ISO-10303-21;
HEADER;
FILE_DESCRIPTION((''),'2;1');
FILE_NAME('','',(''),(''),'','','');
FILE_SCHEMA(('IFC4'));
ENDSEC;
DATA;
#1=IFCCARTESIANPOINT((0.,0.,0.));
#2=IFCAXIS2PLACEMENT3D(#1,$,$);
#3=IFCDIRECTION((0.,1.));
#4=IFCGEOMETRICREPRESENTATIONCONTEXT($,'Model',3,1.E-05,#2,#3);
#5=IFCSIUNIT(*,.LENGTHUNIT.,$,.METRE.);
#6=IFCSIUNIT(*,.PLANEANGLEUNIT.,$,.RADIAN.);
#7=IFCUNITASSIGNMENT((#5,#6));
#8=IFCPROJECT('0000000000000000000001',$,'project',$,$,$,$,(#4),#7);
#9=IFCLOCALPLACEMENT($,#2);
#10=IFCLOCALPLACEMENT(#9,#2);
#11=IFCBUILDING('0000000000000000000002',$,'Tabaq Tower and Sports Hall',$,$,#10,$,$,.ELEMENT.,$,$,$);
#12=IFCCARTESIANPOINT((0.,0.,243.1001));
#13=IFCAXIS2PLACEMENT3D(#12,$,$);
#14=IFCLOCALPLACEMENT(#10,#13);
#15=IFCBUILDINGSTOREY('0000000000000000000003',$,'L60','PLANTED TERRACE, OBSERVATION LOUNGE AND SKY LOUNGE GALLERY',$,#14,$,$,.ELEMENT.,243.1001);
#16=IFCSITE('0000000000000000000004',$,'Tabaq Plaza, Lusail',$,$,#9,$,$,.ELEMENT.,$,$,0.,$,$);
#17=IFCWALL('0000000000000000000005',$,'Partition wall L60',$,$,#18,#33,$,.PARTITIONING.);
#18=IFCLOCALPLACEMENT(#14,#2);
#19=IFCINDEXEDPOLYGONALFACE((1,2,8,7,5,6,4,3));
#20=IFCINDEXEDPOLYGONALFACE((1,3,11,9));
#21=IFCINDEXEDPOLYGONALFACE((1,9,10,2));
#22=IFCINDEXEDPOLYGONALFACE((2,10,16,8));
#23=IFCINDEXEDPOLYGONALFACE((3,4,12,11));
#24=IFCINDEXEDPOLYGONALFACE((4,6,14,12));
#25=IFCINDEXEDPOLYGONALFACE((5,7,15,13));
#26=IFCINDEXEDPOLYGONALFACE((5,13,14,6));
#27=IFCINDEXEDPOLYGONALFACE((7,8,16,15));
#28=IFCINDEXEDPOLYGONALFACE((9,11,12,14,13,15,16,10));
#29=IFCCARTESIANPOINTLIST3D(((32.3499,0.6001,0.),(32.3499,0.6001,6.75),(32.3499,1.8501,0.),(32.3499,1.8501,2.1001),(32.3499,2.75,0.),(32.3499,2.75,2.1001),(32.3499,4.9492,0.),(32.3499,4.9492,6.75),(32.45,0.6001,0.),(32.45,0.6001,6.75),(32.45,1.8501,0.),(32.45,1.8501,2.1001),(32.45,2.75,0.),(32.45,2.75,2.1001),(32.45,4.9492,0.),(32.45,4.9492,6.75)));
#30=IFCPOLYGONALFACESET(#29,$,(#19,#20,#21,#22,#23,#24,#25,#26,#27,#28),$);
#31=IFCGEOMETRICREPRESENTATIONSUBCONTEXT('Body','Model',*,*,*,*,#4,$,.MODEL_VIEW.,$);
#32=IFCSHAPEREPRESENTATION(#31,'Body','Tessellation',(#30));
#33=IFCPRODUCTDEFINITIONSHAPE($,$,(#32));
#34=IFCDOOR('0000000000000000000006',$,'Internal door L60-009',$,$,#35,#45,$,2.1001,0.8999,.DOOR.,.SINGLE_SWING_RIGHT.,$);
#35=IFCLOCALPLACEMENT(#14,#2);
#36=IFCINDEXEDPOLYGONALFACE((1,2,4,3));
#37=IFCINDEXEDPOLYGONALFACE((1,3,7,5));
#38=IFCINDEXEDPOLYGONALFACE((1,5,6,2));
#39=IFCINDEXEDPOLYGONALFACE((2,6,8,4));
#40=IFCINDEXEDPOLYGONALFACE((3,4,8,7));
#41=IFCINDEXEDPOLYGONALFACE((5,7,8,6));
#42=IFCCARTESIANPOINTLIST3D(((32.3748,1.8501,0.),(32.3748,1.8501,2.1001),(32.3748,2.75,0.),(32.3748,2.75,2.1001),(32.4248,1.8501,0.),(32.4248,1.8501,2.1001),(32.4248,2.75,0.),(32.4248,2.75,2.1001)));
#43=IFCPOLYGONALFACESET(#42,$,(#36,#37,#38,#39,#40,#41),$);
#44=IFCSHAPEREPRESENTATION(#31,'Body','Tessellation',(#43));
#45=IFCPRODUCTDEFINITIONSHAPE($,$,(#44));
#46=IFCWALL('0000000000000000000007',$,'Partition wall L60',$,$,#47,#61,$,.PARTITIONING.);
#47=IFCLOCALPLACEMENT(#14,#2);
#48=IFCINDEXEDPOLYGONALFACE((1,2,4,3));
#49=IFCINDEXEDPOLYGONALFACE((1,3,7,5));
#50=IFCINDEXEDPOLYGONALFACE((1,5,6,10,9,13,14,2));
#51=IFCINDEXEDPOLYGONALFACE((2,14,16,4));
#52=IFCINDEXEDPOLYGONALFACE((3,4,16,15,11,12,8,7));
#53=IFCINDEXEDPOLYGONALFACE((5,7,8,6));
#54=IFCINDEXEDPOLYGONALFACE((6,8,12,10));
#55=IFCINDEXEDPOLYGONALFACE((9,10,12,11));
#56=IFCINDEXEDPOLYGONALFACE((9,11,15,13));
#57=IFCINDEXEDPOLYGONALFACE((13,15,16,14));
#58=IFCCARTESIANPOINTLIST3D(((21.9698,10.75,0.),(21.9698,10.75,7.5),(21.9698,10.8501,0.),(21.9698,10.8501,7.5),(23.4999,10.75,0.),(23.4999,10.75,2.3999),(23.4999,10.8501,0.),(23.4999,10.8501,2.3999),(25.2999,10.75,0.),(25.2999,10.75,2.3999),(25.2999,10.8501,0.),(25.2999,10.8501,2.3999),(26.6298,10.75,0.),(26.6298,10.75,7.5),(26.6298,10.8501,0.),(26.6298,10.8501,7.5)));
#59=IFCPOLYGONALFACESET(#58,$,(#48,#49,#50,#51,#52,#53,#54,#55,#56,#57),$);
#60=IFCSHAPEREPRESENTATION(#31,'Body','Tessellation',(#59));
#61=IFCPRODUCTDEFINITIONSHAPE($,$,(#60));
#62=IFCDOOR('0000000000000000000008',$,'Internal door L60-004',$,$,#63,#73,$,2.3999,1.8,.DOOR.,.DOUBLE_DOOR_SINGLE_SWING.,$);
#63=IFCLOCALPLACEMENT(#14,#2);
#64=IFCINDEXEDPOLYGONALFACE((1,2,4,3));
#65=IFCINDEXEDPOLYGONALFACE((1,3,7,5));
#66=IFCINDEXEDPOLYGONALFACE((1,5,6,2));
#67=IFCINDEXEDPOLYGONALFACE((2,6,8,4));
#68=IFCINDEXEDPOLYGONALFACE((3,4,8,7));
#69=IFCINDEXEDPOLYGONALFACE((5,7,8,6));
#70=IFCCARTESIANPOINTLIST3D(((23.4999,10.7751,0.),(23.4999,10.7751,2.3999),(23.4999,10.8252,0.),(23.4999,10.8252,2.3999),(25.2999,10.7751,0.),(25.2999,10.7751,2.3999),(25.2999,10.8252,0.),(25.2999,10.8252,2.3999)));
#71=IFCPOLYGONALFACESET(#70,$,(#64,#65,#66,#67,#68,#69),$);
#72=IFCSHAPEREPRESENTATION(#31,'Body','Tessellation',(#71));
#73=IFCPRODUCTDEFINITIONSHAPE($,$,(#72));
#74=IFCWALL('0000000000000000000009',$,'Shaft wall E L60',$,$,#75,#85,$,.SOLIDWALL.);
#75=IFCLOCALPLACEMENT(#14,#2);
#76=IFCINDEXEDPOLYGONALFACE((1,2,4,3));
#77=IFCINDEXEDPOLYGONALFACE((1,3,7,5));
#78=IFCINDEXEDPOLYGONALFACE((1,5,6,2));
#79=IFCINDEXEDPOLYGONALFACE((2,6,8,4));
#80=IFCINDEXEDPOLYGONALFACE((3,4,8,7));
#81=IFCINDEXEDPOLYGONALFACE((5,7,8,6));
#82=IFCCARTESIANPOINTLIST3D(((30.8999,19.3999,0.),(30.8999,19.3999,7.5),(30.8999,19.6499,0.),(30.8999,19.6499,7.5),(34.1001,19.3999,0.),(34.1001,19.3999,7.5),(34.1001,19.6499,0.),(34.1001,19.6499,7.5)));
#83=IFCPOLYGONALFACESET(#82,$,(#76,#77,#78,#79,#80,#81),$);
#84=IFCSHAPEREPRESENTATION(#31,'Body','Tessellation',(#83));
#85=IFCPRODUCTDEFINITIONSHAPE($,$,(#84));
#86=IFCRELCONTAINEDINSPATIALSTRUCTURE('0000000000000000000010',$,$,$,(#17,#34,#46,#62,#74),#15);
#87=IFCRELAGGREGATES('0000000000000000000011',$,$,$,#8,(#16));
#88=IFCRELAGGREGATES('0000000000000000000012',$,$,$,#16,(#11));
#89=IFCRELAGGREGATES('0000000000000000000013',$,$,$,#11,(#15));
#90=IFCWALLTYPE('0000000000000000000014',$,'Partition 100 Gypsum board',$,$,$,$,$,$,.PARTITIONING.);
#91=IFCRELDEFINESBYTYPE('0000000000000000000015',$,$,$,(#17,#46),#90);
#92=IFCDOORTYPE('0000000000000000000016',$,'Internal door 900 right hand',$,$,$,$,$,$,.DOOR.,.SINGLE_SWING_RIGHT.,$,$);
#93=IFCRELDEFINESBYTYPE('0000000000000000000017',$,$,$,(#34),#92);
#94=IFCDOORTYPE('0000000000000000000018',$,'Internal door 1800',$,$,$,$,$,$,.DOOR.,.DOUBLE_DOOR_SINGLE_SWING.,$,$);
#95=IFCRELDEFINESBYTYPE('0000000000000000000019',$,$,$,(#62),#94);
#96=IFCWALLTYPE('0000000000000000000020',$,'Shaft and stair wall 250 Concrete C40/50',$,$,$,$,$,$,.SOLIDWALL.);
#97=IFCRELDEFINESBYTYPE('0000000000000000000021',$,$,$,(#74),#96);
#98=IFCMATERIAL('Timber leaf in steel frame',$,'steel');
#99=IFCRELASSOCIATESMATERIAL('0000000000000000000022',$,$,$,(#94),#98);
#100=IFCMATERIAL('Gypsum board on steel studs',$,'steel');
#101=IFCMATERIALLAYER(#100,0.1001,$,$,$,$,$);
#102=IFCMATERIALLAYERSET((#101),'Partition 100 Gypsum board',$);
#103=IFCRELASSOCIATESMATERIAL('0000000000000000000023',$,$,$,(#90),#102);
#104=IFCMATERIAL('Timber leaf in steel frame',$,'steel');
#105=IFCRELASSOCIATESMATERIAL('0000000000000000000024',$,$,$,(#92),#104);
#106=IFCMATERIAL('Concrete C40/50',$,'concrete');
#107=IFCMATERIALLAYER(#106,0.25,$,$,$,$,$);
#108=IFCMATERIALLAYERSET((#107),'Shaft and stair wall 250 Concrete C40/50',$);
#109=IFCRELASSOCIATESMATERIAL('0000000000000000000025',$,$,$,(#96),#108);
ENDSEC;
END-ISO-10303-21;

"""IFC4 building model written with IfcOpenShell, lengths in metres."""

from ifc_helpers import new_model, si_unit, direction, frame, frame_2d, origin, place, context, subcontext, project, spatial, rectangle, extrude, material, layer, layer_set, type_object, element, fill, save


model = new_model("IFC4")

# Units and contexts
model_context = context("Model", 3, precision=1e-05, world=origin(), true_north=direction((0.0, 1.0)))
body_context = subcontext(model_context, "Body", "Model", "MODEL_VIEW")
ifc_project = project(units=[si_unit("LENGTHUNIT", "METRE"), si_unit("PLANEANGLEUNIT", "RADIAN")], contexts=[model_context])

# Site, building, storey
site_placement = place(None, origin())
site = spatial("IfcSite", under=ifc_project, at=site_placement, Name="Tabaq Plaza, Lusail", CompositionType="ELEMENT", RefElevation=0.0)
building_placement = place(site_placement, origin())
building = spatial("IfcBuilding", under=site, at=building_placement, Name="Tabaq Tower and Sports Hall", CompositionType="ELEMENT")
storey_placement = place(building_placement, frame((0.0, 0.0, 243.1001)))
storey = spatial("IfcBuildingStorey", under=building, at=storey_placement, Name="L60", Description="PLANTED TERRACE, OBSERVATION LOUNGE AND SKY LOUNGE GALLERY", CompositionType="ELEMENT", Elevation=243.1001)

# Shared definitions
ifc_material_1 = material(Name="Timber leaf in steel frame", Category="steel")
door_type_1 = type_object("IfcDoorType", Name="Internal door 1800", OperationType="DOUBLE_DOOR_SINGLE_SWING", PredefinedType="DOOR", material=ifc_material_1)

# Shared definitions
ifc_material_2 = material(Name="Gypsum board on steel studs", Category="steel")
ifc_layer_1 = layer(ifc_material_2, 0.1001)
ifc_layer_set_1 = layer_set([ifc_layer_1], Name="Partition 100 Gypsum board")
wall_type_1 = type_object("IfcWallType", Name="Partition 100 Gypsum board", PredefinedType="PARTITIONING", material=ifc_layer_set_1)

# Walls, openings, doors
wall_1_placement = place(storey_placement, frame((32.3999, 4.9492, 0.0), z_axis=(0.0, 0.0, 1.0), x_axis=(0.0, -1.0, 0.0)))
wall_1 = element("IfcWall", 1, at=wall_1_placement, inside=storey, type_object=wall_type_1, Name="Partition wall L60", PredefinedType="PARTITIONING", context=body_context, shape_type="SweptSolid", body=[
    extrude(rectangle(XDim=4.3491, YDim=0.1001, at=frame_2d((2.1746, 0.0))), origin(), (0.0, 0.0, 1.0), 6.75),
])
opening_1_placement = place(wall_1_placement, frame((2.1992, 0.0, 0.0)))
opening_1 = element("IfcOpeningElement", 2, at=opening_1_placement, cuts=wall_1, PredefinedType="OPENING", context=body_context, shape_type="SweptSolid", body=[
    extrude(rectangle(XDim=0.8999, YDim=2.1001, at=frame_2d((0.45, 1.05))), frame((0.0, 0.05, 0.0), z_axis=(0.0, -1.0, 0.0), x_axis=(1.0, 0.0, 0.0)), (0.0, 0.0, 1.0), 0.1001),
])
ifc_material_3 = material(Name="Timber leaf in steel frame", Category="steel")
door_type_2 = type_object("IfcDoorType", Name="Internal door 900 right hand", OperationType="SINGLE_SWING_RIGHT", PredefinedType="DOOR", material=ifc_material_3)
door_1_placement = place(opening_1_placement, origin())
door_1 = element("IfcDoor", 3, at=door_1_placement, inside=storey, type_object=door_type_2, Name="Internal door L60-009", OperationType="SINGLE_SWING_RIGHT", OverallHeight=2.1001, OverallWidth=0.8999, PredefinedType="DOOR", context=body_context, shape_type="SweptSolid", body=[
    extrude(rectangle(XDim=0.8999, YDim=2.1001, at=frame_2d((0.45, 1.05))), frame((0.0, 0.0249, 0.0), z_axis=(0.0, -1.0, 0.0), x_axis=(1.0, 0.0, 0.0)), (0.0, 0.0, 1.0), 0.05),
])
fill(opening_1, door_1)
wall_2_placement = place(storey_placement, frame((26.6299, 10.8, 0.0), z_axis=(0.0, 0.0, 1.0), x_axis=(-1.0, 0.0, 0.0)))
wall_2 = element("IfcWall", 4, at=wall_2_placement, inside=storey, type_object=wall_type_1, Name="Partition wall L60", PredefinedType="PARTITIONING", context=body_context, shape_type="SweptSolid", body=[
    extrude(rectangle(XDim=4.6599, YDim=0.1001, at=frame_2d((2.3301, 0.0))), origin(), (0.0, 0.0, 1.0), 7.5),
])
opening_2_placement = place(wall_2_placement, frame((1.3301, 0.0, 0.0)))
opening_2 = element("IfcOpeningElement", 5, at=opening_2_placement, cuts=wall_2, PredefinedType="OPENING", context=body_context, shape_type="SweptSolid", body=[
    extrude(rectangle(XDim=1.8, YDim=2.3999, at=frame_2d((0.8999, 1.2))), frame((0.0, 0.05, 0.0), z_axis=(0.0, -1.0, 0.0), x_axis=(1.0, 0.0, 0.0)), (0.0, 0.0, 1.0), 0.1001),
])
door_2_placement = place(opening_2_placement, origin())
door_2 = element("IfcDoor", 6, at=door_2_placement, inside=storey, type_object=door_type_1, Name="Internal door L60-004", OperationType="DOUBLE_DOOR_SINGLE_SWING", OverallHeight=2.3999, OverallWidth=1.8, PredefinedType="DOOR", context=body_context, shape_type="SweptSolid", body=[
    extrude(rectangle(XDim=1.8, YDim=2.3999, at=frame_2d((0.8999, 1.2))), frame((0.0, 0.0249, 0.0), z_axis=(0.0, -1.0, 0.0), x_axis=(1.0, 0.0, 0.0)), (0.0, 0.0, 1.0), 0.05),
])
fill(opening_2, door_2)

# Wall
ifc_material_4 = material(Name="Concrete C40/50", Category="concrete")
ifc_layer_2 = layer(ifc_material_4, 0.25)
ifc_layer_set_2 = layer_set([ifc_layer_2], Name="Shaft and stair wall 250 Concrete C40/50")
wall_type_2 = type_object("IfcWallType", Name="Shaft and stair wall 250 Concrete C40/50", PredefinedType="SOLIDWALL", material=ifc_layer_set_2)
wall_3_placement = place(storey_placement, frame((30.8999, 19.5249, 0.0), z_axis=(0.0, 0.0, 1.0), x_axis=(1.0, 0.0, 0.0)))
element("IfcWall", 7, at=wall_3_placement, inside=storey, type_object=wall_type_2, Name="Shaft wall E L60", PredefinedType="SOLIDWALL", context=body_context, shape_type="SweptSolid", body=[
    extrude(rectangle(XDim=3.2002, YDim=0.25, at=frame_2d((1.6001, 0.0))), origin(), (0.0, 0.0, 1.0), 7.5),
])

save(model, "model.ifc")
